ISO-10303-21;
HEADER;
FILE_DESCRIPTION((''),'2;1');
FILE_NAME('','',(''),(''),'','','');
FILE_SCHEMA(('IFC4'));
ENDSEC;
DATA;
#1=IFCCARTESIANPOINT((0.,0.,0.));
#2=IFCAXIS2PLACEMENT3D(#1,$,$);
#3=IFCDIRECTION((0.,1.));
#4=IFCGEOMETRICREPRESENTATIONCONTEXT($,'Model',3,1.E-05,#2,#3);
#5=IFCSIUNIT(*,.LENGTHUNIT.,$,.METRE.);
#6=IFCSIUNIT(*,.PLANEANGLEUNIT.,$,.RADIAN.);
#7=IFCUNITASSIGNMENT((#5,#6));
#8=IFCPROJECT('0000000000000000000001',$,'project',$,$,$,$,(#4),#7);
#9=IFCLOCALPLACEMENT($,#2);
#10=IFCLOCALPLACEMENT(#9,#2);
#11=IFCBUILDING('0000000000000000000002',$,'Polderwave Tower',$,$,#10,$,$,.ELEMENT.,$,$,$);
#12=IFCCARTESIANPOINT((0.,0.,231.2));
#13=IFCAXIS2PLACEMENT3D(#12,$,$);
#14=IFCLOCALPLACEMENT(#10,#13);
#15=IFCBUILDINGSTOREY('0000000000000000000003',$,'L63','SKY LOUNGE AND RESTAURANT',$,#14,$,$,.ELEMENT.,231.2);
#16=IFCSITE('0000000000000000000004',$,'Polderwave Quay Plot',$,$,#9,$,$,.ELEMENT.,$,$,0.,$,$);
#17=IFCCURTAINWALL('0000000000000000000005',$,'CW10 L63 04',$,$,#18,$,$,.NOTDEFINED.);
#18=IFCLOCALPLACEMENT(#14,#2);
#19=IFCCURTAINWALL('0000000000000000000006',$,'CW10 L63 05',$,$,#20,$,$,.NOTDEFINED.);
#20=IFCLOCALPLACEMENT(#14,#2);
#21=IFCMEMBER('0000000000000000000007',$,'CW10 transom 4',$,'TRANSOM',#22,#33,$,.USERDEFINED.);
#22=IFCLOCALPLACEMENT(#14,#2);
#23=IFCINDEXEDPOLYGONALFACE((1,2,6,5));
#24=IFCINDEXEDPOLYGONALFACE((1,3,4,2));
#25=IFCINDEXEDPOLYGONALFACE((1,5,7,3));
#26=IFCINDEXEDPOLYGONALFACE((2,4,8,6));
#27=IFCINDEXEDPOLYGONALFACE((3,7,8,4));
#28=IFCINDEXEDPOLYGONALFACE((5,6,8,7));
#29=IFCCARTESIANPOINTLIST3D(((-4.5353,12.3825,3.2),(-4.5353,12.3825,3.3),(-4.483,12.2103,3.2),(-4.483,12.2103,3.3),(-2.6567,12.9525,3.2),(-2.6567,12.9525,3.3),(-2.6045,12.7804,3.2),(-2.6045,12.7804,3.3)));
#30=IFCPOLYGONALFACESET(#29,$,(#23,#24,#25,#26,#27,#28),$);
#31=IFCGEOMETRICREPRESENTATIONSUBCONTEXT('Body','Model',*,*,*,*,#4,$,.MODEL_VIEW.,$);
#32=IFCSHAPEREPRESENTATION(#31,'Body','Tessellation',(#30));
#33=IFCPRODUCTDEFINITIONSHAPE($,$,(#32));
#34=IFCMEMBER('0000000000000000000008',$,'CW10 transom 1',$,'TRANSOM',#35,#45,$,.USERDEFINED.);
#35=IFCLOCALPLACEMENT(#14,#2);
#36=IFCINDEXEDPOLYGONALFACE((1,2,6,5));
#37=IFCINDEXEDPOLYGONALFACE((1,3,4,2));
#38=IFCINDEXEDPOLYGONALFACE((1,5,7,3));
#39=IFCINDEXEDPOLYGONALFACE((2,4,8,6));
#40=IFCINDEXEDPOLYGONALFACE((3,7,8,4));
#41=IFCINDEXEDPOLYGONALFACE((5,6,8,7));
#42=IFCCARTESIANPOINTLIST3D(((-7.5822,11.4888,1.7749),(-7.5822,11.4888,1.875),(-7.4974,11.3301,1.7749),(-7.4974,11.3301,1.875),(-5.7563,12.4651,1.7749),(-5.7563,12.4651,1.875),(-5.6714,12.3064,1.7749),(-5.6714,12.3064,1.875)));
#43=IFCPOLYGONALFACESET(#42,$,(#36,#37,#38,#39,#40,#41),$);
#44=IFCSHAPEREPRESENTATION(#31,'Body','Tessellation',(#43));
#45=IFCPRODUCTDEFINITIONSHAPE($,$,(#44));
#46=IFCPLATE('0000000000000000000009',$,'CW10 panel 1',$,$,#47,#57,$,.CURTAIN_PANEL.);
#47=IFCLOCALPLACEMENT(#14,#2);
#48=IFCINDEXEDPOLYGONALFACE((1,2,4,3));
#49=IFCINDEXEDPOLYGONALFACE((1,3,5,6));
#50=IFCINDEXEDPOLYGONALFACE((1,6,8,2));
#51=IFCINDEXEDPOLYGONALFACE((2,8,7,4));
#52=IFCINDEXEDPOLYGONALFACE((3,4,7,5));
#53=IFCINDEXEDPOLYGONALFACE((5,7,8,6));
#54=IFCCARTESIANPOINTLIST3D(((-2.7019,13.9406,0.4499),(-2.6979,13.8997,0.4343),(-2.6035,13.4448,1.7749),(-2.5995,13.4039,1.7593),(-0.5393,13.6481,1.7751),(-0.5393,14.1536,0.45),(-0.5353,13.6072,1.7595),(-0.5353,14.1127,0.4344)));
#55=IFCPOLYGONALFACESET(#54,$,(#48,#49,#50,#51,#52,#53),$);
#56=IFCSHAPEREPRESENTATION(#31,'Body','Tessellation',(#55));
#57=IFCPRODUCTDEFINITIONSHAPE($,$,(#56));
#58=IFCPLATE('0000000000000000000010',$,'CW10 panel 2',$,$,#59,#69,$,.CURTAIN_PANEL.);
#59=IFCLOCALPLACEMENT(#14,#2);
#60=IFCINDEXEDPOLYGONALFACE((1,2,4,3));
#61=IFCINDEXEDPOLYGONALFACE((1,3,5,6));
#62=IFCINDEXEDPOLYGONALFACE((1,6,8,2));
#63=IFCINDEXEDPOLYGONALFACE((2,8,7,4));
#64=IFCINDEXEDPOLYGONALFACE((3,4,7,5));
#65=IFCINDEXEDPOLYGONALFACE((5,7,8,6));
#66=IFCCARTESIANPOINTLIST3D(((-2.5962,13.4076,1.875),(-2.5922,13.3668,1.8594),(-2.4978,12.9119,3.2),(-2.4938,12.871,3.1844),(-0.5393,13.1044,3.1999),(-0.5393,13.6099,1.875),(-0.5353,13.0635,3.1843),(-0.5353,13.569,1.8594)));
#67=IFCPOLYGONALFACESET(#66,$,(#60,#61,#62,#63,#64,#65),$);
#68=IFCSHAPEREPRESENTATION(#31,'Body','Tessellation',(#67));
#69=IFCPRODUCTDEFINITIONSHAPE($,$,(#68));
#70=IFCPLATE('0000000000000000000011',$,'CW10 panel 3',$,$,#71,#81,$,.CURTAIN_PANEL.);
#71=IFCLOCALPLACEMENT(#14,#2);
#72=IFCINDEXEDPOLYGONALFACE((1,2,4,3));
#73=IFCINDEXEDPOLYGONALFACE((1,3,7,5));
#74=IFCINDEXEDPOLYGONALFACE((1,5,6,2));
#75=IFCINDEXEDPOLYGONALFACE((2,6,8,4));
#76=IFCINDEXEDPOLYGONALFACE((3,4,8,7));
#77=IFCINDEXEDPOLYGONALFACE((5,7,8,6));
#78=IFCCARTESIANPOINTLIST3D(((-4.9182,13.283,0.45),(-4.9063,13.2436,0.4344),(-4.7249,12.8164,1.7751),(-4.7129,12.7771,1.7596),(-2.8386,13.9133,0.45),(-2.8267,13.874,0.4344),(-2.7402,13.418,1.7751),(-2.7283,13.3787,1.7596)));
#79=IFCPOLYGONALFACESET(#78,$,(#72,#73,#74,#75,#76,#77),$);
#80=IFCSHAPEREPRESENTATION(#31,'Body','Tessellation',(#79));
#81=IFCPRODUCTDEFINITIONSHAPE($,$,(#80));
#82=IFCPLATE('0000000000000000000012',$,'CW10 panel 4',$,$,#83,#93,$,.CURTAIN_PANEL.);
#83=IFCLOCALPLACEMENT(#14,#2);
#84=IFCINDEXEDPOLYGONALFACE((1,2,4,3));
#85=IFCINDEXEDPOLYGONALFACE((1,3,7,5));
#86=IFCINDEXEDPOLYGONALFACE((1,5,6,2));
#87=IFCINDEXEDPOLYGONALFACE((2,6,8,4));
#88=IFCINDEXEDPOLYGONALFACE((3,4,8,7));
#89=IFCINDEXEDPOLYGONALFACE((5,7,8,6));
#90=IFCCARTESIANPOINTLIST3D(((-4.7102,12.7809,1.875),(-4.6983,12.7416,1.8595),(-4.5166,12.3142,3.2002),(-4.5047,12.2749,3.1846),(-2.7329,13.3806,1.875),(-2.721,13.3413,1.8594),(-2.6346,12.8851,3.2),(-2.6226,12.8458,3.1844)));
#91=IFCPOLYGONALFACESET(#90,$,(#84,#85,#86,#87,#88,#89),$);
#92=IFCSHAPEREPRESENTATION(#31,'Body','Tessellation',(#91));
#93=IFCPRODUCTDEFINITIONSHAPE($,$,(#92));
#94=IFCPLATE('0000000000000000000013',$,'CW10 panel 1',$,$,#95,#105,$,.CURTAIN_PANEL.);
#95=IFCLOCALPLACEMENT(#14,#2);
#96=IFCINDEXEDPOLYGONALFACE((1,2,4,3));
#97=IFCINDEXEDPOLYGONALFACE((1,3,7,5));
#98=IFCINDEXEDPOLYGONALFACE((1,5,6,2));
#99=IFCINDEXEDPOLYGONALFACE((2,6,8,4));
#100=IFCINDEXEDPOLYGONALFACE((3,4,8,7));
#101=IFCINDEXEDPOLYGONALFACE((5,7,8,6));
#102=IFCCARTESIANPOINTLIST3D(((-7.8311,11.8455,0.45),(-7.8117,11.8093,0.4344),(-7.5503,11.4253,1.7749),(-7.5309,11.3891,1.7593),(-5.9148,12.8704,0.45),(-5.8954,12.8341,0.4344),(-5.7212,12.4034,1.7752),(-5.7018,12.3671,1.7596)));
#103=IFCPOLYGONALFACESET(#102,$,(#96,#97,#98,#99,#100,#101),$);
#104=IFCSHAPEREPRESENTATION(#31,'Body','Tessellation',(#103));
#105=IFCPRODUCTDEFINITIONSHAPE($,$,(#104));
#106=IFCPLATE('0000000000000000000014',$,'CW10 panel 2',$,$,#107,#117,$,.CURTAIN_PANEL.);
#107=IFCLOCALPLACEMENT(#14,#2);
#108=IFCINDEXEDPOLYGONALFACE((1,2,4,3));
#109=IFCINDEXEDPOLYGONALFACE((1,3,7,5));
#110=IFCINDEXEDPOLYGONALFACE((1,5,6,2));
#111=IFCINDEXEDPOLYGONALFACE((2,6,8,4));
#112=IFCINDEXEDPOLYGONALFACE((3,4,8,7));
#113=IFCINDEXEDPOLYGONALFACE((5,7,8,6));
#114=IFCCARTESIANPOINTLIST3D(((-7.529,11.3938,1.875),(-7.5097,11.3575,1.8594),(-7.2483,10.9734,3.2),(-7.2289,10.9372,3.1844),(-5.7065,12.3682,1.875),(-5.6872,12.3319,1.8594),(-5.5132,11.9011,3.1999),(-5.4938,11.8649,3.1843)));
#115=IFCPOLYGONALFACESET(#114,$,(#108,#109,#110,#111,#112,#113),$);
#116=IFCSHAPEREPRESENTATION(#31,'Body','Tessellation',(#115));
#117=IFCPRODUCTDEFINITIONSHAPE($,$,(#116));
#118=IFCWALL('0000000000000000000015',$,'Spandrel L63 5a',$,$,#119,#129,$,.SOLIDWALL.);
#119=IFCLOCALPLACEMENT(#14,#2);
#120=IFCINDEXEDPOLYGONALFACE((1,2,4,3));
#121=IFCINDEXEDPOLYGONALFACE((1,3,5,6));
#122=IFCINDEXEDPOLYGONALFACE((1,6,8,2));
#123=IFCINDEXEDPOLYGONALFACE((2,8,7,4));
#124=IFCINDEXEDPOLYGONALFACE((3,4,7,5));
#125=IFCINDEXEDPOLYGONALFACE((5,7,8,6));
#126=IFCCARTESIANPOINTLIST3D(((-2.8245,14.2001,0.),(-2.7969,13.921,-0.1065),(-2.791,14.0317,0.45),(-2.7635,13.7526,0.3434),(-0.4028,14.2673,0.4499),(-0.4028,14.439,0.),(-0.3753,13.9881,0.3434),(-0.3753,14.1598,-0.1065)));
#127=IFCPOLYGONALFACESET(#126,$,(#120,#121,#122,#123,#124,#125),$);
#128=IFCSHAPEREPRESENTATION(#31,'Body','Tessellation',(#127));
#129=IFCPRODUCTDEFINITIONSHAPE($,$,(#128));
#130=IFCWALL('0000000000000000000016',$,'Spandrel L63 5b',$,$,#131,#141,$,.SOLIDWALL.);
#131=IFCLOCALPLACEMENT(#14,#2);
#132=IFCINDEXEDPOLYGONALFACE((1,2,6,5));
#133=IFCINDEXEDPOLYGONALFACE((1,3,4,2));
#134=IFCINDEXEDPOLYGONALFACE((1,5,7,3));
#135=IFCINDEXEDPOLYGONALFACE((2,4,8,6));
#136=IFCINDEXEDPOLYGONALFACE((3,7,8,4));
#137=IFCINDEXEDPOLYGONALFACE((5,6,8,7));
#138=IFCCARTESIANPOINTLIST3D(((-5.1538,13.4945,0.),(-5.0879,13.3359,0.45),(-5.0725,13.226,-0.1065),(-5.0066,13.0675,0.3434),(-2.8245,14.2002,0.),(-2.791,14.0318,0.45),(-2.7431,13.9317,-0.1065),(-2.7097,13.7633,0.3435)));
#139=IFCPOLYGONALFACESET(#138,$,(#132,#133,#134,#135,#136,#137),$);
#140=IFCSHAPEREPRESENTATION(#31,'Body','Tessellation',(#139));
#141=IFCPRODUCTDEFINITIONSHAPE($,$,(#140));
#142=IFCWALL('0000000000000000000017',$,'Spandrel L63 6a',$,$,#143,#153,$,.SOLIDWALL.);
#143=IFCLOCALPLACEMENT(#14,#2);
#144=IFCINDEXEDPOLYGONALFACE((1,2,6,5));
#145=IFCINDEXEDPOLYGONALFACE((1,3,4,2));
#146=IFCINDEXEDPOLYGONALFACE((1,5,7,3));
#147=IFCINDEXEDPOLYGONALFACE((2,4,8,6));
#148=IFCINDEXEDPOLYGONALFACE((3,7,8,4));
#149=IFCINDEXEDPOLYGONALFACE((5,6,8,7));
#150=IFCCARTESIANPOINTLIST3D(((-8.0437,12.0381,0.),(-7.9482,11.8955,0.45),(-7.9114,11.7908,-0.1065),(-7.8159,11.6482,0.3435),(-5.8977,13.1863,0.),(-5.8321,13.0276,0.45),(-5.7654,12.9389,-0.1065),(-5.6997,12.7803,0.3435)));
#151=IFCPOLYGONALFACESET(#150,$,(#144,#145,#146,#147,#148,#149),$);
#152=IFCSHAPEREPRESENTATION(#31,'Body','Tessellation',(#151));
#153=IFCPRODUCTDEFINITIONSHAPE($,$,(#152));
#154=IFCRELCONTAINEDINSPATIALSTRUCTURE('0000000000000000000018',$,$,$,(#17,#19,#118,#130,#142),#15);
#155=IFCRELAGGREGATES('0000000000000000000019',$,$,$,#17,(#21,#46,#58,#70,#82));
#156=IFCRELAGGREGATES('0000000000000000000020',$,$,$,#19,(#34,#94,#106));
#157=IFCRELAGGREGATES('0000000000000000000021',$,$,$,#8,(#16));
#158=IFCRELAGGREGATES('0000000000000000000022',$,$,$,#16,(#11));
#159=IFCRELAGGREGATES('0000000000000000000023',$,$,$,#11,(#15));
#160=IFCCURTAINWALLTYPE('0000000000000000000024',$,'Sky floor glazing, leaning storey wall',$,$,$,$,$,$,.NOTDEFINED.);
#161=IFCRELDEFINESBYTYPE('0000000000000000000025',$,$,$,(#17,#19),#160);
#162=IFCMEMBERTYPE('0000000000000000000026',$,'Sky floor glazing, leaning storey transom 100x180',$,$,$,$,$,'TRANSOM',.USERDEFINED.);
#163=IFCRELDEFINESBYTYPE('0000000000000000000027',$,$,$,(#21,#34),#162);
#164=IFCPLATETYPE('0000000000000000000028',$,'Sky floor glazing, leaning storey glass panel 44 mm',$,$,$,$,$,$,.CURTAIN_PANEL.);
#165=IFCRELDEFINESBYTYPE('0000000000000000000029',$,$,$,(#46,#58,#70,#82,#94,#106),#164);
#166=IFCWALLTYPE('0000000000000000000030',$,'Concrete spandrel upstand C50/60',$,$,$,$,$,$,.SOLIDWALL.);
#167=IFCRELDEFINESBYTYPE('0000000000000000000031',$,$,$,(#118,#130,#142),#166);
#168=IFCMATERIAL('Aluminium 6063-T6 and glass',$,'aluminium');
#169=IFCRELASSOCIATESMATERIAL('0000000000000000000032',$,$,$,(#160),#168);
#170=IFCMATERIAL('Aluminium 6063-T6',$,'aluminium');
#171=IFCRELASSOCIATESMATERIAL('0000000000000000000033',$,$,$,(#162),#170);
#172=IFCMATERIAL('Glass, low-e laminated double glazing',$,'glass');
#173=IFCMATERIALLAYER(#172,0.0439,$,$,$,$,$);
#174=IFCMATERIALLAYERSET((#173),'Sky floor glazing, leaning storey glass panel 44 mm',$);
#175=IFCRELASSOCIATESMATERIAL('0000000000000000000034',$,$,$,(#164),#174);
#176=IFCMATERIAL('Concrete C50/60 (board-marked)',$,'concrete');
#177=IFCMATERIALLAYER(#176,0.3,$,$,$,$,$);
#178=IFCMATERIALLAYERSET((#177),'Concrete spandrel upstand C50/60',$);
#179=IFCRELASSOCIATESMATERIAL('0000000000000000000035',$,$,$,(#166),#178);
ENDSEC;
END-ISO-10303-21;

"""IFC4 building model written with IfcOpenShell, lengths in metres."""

from ifc_helpers import new_model, si_unit, direction, frame, origin, origin_2d, place, context, subcontext, project, spatial, polyline, rectangle, outline, extrude, material, layer, layer_set, material_profile, profile_set, type_object, element, aggregate, save


model = new_model("IFC4")

# Units and contexts
model_context = context("Model", 3, precision=1e-05, world=origin(), true_north=direction((0.0, 1.0)))
body_context = subcontext(model_context, "Body", "Model", "MODEL_VIEW")
ifc_project = project(units=[si_unit("LENGTHUNIT", "METRE"), si_unit("PLANEANGLEUNIT", "RADIAN")], contexts=[model_context])

# Site, building, storey
site_placement = place(None, origin())
site = spatial("IfcSite", under=ifc_project, at=site_placement, Name="Polderwave Quay Plot", CompositionType="ELEMENT", RefElevation=0.0)
building_placement = place(site_placement, origin())
building = spatial("IfcBuilding", under=site, at=building_placement, Name="Polderwave Tower", CompositionType="ELEMENT")
storey_placement = place(building_placement, frame((0.0, 0.0, 231.2)))
storey = spatial("IfcBuildingStorey", under=building, at=storey_placement, Name="L63", Description="SKY LOUNGE AND RESTAURANT", CompositionType="ELEMENT", Elevation=231.2)

# Curtain wall
ifc_material_1 = material(Name="Aluminium 6063-T6 and glass", Category="aluminium")
curtain_wall_type = type_object("IfcCurtainWallType", Name="Sky floor glazing, leaning storey wall", PredefinedType="NOTDEFINED", material=ifc_material_1)
curtain_wall_1_placement = place(storey_placement, origin())
curtain_wall_1 = element("IfcCurtainWall", 1, at=curtain_wall_1_placement, inside=storey, type_object=curtain_wall_type, Name="CW10 L63 04", PredefinedType="NOTDEFINED")
ifc_material_2 = material(Name="Aluminium 6063-T6", Category="aluminium")

# Curtain wall
curtain_wall_2_placement = place(storey_placement, origin())
curtain_wall_2 = element("IfcCurtainWall", 2, at=curtain_wall_2_placement, inside=storey, type_object=curtain_wall_type, Name="CW10 L63 05", PredefinedType="NOTDEFINED")

# Members
ifc_material_profile_1 = material_profile(ifc_material_2, rectangle(XDim=0.1799, YDim=0.1001, at=origin_2d()), Name="AL 100x180")
ifc_profile_set_1 = profile_set([ifc_material_profile_1], Name="Aluminium 6063-T6")
member_type_1 = type_object("IfcMemberType", Name="Sky floor glazing, leaning storey transom 100x180", ElementType="TRANSOM", PredefinedType="USERDEFINED", material=ifc_profile_set_1)
member_1_placement = place(storey_placement, frame((-2.6306, 12.8665, 3.25), z_axis=(-0.956915, -0.29037, 0.0), x_axis=(0.29037, -0.956915, 0.0)))
member_1 = element("IfcMember", 3, at=member_1_placement, type_object=member_type_1, Name="CW10 transom 4", ObjectType="TRANSOM", PredefinedType="USERDEFINED", context=body_context, shape_type="SweptSolid", body=[
    extrude(rectangle(XDim=0.1799, YDim=0.1001, at=origin_2d()), origin(), (0.0, 0.0, 1.0), 1.9631),
])
member_2_placement = place(storey_placement, frame((-5.7139, 12.3857, 1.825), z_axis=(-0.881853, -0.471524, 0.0), x_axis=(0.471524, -0.881853, 0.0)))
member_2 = element("IfcMember", 4, at=member_2_placement, type_object=member_type_1, Name="CW10 transom 1", ObjectType="TRANSOM", PredefinedType="USERDEFINED", context=body_context, shape_type="SweptSolid", body=[
    extrude(rectangle(XDim=0.1799, YDim=0.1001, at=origin_2d()), origin(), (0.0, 0.0, 1.0), 2.0706),
])

# Plates
ifc_material_3 = material(Name="Glass, low-e laminated double glazing", Category="glass")
ifc_layer_1 = layer(ifc_material_3, 0.0439)
ifc_layer_set_1 = layer_set([ifc_layer_1], Name="Sky floor glazing, leaning storey glass panel 44 mm")
plate_type = type_object("IfcPlateType", Name="Sky floor glazing, leaning storey glass panel 44 mm", PredefinedType="CURTAIN_PANEL", material=ifc_layer_set_1)
plate_1_placement = place(storey_placement, frame((-0.5393, 14.1536, 0.45), z_axis=(-0.091647, 0.930399, 0.354906), x_axis=(-0.995184, -0.098021, -0.00002)))
plate_1 = element("IfcPlate", 5, at=plate_1_placement, type_object=plate_type, Name="CW10 panel 1", PredefinedType="CURTAIN_PANEL", context=body_context, shape_type="SweptSolid", body=[
    extrude(outline(polyline([(0.0, 0.0), (2.1731, 0.0), (2.1237, 1.4173), (0.0495, 1.4174), (0.0, 0.0)])), origin(), (0.0, 0.0, -1.0), 0.0439),
])
plate_2_placement = place(storey_placement, frame((-0.5393, 13.6099, 1.875), z_axis=(-0.091474, 0.930405, 0.354934), x_axis=(-0.995202, -0.097839, -0.000012)))
plate_2 = element("IfcPlate", 6, at=plate_2_placement, type_object=plate_type, Name="CW10 panel 2", PredefinedType="CURTAIN_PANEL", context=body_context, shape_type="SweptSolid", body=[
    extrude(outline(polyline([(0.0, 0.0), (2.0668, 0.0), (2.0174, 1.4173), (0.0494, 1.4172), (0.0, 0.0)])), origin(), (0.0, 0.0, -1.0), 0.0439),
])
plate_3_placement = place(storey_placement, frame((-2.8386, 13.9133, 0.45), z_axis=(-0.271232, 0.894809, 0.354612), x_axis=(-0.957001, -0.290085, 0.000002)))
plate_3 = element("IfcPlate", 7, at=plate_3_placement, type_object=plate_type, Name="CW10 panel 3", PredefinedType="CURTAIN_PANEL", context=body_context, shape_type="SweptSolid", body=[
    extrude(outline(polyline([(0.0, 0.0), (2.173, 0.0), (2.1233, 1.4173), (0.0495, 1.4173), (0.0, 0.0)])), origin(), (0.0, 0.0, -1.0), 0.0439),
])
plate_4_placement = place(storey_placement, frame((-2.7329, 13.3806, 1.875), z_axis=(-0.27137, 0.894719, 0.354735), x_axis=(-0.95695, -0.290253, 0.000021)))
plate_4 = element("IfcPlate", 8, at=plate_4_placement, type_object=plate_type, Name="CW10 panel 4", PredefinedType="CURTAIN_PANEL", context=body_context, shape_type="SweptSolid", body=[
    extrude(outline(polyline([(0.0, 0.0), (2.0663, 0.0), (2.0165, 1.4173), (0.0497, 1.4172), (0.0, 0.0)])), origin(), (0.0, 0.0, -1.0), 0.0439),
])
aggregate(curtain_wall_1, [member_1, plate_1, plate_2, plate_3, plate_4])
plate_5_placement = place(storey_placement, frame((-5.9148, 12.8704, 0.45), z_axis=(-0.440897, 0.824408, 0.354911), x_axis=(-0.881812, -0.471601, 0.000011)))
plate_5 = element("IfcPlate", 9, at=plate_5_placement, type_object=plate_type, Name="CW10 panel 1", PredefinedType="CURTAIN_PANEL", context=body_context, shape_type="SweptSolid", body=[
    extrude(outline(polyline([(0.0, 0.0), (2.1731, 0.0), (2.1237, 1.4172), (0.0495, 1.4175), (0.0, 0.0)])), origin(), (0.0, 0.0, -1.0), 0.0439),
])
plate_6_placement = place(storey_placement, frame((-5.7065, 12.3682, 1.875), z_axis=(-0.440791, 0.824439, 0.354971), x_axis=(-0.88187, -0.471493, -0.000007)))
plate_6 = element("IfcPlate", 10, at=plate_6_placement, type_object=plate_type, Name="CW10 panel 2", PredefinedType="CURTAIN_PANEL", context=body_context, shape_type="SweptSolid", body=[
    extrude(outline(polyline([(0.0, 0.0), (2.0666, 0.0), (2.0172, 1.4173), (0.0497, 1.4172), (0.0, 0.0)])), origin(), (0.0, 0.0, -1.0), 0.0439),
])
aggregate(curtain_wall_2, [member_2, plate_5, plate_6])

# Walls
ifc_material_4 = material(Name="Concrete C50/60 (board-marked)", Category="concrete")
ifc_layer_2 = layer(ifc_material_4, 0.3)
ifc_layer_set_2 = layer_set([ifc_layer_2], Name="Concrete spandrel upstand C50/60")
wall_type = type_object("IfcWallType", Name="Concrete spandrel upstand C50/60", PredefinedType="SOLIDWALL", material=ifc_layer_set_2)
wall_1_placement = place(storey_placement, frame((-0.4028, 14.439, 0.0), z_axis=(-0.091755, 0.930351, 0.355005), x_axis=(-0.995172, -0.098145, -0.000008)))
element("IfcWall", 11, at=wall_1_placement, inside=storey, type_object=wall_type, Name="Spandrel L63 5a", PredefinedType="SOLIDWALL", context=body_context, shape_type="SweptSolid", body=[
    extrude(outline(polyline([(0.0, 0.0), (2.4334, 0.0), (2.4166, 0.4813), (0.0168, 0.4813), (0.0, 0.0)])), origin(), (0.0, 0.0, -1.0), 0.3),
])
wall_2_placement = place(storey_placement, frame((-2.8245, 14.2002, 0.0), z_axis=(-0.271075, 0.894721, 0.354954), x_axis=(-0.957039, -0.28996, 0.000011)))
element("IfcWall", 12, at=wall_2_placement, inside=storey, type_object=wall_type, Name="Spandrel L63 5b", PredefinedType="SOLIDWALL", context=body_context, shape_type="SweptSolid", body=[
    extrude(outline(polyline([(0.0, 0.0), (2.4339, 0.0), (2.4168, 0.4813), (0.0168, 0.4813), (0.0, 0.0)])), origin(), (0.0, 0.0, -1.0), 0.3),
])
wall_3_placement = place(storey_placement, frame((-5.8977, 13.1863, 0.0), z_axis=(-0.441017, 0.824333, 0.354937), x_axis=(-0.881741, -0.471734, 0.000011)))
element("IfcWall", 13, at=wall_3_placement, inside=storey, type_object=wall_type, Name="Spandrel L63 6a", PredefinedType="SOLIDWALL", context=body_context, shape_type="SweptSolid", body=[
    extrude(outline(polyline([(0.0, 0.0), (2.4339, 0.0), (2.4169, 0.4813), (0.017, 0.4813), (0.0, 0.0)])), origin(), (0.0, 0.0, -1.0), 0.3),
])

save(model, "model.ifc")
